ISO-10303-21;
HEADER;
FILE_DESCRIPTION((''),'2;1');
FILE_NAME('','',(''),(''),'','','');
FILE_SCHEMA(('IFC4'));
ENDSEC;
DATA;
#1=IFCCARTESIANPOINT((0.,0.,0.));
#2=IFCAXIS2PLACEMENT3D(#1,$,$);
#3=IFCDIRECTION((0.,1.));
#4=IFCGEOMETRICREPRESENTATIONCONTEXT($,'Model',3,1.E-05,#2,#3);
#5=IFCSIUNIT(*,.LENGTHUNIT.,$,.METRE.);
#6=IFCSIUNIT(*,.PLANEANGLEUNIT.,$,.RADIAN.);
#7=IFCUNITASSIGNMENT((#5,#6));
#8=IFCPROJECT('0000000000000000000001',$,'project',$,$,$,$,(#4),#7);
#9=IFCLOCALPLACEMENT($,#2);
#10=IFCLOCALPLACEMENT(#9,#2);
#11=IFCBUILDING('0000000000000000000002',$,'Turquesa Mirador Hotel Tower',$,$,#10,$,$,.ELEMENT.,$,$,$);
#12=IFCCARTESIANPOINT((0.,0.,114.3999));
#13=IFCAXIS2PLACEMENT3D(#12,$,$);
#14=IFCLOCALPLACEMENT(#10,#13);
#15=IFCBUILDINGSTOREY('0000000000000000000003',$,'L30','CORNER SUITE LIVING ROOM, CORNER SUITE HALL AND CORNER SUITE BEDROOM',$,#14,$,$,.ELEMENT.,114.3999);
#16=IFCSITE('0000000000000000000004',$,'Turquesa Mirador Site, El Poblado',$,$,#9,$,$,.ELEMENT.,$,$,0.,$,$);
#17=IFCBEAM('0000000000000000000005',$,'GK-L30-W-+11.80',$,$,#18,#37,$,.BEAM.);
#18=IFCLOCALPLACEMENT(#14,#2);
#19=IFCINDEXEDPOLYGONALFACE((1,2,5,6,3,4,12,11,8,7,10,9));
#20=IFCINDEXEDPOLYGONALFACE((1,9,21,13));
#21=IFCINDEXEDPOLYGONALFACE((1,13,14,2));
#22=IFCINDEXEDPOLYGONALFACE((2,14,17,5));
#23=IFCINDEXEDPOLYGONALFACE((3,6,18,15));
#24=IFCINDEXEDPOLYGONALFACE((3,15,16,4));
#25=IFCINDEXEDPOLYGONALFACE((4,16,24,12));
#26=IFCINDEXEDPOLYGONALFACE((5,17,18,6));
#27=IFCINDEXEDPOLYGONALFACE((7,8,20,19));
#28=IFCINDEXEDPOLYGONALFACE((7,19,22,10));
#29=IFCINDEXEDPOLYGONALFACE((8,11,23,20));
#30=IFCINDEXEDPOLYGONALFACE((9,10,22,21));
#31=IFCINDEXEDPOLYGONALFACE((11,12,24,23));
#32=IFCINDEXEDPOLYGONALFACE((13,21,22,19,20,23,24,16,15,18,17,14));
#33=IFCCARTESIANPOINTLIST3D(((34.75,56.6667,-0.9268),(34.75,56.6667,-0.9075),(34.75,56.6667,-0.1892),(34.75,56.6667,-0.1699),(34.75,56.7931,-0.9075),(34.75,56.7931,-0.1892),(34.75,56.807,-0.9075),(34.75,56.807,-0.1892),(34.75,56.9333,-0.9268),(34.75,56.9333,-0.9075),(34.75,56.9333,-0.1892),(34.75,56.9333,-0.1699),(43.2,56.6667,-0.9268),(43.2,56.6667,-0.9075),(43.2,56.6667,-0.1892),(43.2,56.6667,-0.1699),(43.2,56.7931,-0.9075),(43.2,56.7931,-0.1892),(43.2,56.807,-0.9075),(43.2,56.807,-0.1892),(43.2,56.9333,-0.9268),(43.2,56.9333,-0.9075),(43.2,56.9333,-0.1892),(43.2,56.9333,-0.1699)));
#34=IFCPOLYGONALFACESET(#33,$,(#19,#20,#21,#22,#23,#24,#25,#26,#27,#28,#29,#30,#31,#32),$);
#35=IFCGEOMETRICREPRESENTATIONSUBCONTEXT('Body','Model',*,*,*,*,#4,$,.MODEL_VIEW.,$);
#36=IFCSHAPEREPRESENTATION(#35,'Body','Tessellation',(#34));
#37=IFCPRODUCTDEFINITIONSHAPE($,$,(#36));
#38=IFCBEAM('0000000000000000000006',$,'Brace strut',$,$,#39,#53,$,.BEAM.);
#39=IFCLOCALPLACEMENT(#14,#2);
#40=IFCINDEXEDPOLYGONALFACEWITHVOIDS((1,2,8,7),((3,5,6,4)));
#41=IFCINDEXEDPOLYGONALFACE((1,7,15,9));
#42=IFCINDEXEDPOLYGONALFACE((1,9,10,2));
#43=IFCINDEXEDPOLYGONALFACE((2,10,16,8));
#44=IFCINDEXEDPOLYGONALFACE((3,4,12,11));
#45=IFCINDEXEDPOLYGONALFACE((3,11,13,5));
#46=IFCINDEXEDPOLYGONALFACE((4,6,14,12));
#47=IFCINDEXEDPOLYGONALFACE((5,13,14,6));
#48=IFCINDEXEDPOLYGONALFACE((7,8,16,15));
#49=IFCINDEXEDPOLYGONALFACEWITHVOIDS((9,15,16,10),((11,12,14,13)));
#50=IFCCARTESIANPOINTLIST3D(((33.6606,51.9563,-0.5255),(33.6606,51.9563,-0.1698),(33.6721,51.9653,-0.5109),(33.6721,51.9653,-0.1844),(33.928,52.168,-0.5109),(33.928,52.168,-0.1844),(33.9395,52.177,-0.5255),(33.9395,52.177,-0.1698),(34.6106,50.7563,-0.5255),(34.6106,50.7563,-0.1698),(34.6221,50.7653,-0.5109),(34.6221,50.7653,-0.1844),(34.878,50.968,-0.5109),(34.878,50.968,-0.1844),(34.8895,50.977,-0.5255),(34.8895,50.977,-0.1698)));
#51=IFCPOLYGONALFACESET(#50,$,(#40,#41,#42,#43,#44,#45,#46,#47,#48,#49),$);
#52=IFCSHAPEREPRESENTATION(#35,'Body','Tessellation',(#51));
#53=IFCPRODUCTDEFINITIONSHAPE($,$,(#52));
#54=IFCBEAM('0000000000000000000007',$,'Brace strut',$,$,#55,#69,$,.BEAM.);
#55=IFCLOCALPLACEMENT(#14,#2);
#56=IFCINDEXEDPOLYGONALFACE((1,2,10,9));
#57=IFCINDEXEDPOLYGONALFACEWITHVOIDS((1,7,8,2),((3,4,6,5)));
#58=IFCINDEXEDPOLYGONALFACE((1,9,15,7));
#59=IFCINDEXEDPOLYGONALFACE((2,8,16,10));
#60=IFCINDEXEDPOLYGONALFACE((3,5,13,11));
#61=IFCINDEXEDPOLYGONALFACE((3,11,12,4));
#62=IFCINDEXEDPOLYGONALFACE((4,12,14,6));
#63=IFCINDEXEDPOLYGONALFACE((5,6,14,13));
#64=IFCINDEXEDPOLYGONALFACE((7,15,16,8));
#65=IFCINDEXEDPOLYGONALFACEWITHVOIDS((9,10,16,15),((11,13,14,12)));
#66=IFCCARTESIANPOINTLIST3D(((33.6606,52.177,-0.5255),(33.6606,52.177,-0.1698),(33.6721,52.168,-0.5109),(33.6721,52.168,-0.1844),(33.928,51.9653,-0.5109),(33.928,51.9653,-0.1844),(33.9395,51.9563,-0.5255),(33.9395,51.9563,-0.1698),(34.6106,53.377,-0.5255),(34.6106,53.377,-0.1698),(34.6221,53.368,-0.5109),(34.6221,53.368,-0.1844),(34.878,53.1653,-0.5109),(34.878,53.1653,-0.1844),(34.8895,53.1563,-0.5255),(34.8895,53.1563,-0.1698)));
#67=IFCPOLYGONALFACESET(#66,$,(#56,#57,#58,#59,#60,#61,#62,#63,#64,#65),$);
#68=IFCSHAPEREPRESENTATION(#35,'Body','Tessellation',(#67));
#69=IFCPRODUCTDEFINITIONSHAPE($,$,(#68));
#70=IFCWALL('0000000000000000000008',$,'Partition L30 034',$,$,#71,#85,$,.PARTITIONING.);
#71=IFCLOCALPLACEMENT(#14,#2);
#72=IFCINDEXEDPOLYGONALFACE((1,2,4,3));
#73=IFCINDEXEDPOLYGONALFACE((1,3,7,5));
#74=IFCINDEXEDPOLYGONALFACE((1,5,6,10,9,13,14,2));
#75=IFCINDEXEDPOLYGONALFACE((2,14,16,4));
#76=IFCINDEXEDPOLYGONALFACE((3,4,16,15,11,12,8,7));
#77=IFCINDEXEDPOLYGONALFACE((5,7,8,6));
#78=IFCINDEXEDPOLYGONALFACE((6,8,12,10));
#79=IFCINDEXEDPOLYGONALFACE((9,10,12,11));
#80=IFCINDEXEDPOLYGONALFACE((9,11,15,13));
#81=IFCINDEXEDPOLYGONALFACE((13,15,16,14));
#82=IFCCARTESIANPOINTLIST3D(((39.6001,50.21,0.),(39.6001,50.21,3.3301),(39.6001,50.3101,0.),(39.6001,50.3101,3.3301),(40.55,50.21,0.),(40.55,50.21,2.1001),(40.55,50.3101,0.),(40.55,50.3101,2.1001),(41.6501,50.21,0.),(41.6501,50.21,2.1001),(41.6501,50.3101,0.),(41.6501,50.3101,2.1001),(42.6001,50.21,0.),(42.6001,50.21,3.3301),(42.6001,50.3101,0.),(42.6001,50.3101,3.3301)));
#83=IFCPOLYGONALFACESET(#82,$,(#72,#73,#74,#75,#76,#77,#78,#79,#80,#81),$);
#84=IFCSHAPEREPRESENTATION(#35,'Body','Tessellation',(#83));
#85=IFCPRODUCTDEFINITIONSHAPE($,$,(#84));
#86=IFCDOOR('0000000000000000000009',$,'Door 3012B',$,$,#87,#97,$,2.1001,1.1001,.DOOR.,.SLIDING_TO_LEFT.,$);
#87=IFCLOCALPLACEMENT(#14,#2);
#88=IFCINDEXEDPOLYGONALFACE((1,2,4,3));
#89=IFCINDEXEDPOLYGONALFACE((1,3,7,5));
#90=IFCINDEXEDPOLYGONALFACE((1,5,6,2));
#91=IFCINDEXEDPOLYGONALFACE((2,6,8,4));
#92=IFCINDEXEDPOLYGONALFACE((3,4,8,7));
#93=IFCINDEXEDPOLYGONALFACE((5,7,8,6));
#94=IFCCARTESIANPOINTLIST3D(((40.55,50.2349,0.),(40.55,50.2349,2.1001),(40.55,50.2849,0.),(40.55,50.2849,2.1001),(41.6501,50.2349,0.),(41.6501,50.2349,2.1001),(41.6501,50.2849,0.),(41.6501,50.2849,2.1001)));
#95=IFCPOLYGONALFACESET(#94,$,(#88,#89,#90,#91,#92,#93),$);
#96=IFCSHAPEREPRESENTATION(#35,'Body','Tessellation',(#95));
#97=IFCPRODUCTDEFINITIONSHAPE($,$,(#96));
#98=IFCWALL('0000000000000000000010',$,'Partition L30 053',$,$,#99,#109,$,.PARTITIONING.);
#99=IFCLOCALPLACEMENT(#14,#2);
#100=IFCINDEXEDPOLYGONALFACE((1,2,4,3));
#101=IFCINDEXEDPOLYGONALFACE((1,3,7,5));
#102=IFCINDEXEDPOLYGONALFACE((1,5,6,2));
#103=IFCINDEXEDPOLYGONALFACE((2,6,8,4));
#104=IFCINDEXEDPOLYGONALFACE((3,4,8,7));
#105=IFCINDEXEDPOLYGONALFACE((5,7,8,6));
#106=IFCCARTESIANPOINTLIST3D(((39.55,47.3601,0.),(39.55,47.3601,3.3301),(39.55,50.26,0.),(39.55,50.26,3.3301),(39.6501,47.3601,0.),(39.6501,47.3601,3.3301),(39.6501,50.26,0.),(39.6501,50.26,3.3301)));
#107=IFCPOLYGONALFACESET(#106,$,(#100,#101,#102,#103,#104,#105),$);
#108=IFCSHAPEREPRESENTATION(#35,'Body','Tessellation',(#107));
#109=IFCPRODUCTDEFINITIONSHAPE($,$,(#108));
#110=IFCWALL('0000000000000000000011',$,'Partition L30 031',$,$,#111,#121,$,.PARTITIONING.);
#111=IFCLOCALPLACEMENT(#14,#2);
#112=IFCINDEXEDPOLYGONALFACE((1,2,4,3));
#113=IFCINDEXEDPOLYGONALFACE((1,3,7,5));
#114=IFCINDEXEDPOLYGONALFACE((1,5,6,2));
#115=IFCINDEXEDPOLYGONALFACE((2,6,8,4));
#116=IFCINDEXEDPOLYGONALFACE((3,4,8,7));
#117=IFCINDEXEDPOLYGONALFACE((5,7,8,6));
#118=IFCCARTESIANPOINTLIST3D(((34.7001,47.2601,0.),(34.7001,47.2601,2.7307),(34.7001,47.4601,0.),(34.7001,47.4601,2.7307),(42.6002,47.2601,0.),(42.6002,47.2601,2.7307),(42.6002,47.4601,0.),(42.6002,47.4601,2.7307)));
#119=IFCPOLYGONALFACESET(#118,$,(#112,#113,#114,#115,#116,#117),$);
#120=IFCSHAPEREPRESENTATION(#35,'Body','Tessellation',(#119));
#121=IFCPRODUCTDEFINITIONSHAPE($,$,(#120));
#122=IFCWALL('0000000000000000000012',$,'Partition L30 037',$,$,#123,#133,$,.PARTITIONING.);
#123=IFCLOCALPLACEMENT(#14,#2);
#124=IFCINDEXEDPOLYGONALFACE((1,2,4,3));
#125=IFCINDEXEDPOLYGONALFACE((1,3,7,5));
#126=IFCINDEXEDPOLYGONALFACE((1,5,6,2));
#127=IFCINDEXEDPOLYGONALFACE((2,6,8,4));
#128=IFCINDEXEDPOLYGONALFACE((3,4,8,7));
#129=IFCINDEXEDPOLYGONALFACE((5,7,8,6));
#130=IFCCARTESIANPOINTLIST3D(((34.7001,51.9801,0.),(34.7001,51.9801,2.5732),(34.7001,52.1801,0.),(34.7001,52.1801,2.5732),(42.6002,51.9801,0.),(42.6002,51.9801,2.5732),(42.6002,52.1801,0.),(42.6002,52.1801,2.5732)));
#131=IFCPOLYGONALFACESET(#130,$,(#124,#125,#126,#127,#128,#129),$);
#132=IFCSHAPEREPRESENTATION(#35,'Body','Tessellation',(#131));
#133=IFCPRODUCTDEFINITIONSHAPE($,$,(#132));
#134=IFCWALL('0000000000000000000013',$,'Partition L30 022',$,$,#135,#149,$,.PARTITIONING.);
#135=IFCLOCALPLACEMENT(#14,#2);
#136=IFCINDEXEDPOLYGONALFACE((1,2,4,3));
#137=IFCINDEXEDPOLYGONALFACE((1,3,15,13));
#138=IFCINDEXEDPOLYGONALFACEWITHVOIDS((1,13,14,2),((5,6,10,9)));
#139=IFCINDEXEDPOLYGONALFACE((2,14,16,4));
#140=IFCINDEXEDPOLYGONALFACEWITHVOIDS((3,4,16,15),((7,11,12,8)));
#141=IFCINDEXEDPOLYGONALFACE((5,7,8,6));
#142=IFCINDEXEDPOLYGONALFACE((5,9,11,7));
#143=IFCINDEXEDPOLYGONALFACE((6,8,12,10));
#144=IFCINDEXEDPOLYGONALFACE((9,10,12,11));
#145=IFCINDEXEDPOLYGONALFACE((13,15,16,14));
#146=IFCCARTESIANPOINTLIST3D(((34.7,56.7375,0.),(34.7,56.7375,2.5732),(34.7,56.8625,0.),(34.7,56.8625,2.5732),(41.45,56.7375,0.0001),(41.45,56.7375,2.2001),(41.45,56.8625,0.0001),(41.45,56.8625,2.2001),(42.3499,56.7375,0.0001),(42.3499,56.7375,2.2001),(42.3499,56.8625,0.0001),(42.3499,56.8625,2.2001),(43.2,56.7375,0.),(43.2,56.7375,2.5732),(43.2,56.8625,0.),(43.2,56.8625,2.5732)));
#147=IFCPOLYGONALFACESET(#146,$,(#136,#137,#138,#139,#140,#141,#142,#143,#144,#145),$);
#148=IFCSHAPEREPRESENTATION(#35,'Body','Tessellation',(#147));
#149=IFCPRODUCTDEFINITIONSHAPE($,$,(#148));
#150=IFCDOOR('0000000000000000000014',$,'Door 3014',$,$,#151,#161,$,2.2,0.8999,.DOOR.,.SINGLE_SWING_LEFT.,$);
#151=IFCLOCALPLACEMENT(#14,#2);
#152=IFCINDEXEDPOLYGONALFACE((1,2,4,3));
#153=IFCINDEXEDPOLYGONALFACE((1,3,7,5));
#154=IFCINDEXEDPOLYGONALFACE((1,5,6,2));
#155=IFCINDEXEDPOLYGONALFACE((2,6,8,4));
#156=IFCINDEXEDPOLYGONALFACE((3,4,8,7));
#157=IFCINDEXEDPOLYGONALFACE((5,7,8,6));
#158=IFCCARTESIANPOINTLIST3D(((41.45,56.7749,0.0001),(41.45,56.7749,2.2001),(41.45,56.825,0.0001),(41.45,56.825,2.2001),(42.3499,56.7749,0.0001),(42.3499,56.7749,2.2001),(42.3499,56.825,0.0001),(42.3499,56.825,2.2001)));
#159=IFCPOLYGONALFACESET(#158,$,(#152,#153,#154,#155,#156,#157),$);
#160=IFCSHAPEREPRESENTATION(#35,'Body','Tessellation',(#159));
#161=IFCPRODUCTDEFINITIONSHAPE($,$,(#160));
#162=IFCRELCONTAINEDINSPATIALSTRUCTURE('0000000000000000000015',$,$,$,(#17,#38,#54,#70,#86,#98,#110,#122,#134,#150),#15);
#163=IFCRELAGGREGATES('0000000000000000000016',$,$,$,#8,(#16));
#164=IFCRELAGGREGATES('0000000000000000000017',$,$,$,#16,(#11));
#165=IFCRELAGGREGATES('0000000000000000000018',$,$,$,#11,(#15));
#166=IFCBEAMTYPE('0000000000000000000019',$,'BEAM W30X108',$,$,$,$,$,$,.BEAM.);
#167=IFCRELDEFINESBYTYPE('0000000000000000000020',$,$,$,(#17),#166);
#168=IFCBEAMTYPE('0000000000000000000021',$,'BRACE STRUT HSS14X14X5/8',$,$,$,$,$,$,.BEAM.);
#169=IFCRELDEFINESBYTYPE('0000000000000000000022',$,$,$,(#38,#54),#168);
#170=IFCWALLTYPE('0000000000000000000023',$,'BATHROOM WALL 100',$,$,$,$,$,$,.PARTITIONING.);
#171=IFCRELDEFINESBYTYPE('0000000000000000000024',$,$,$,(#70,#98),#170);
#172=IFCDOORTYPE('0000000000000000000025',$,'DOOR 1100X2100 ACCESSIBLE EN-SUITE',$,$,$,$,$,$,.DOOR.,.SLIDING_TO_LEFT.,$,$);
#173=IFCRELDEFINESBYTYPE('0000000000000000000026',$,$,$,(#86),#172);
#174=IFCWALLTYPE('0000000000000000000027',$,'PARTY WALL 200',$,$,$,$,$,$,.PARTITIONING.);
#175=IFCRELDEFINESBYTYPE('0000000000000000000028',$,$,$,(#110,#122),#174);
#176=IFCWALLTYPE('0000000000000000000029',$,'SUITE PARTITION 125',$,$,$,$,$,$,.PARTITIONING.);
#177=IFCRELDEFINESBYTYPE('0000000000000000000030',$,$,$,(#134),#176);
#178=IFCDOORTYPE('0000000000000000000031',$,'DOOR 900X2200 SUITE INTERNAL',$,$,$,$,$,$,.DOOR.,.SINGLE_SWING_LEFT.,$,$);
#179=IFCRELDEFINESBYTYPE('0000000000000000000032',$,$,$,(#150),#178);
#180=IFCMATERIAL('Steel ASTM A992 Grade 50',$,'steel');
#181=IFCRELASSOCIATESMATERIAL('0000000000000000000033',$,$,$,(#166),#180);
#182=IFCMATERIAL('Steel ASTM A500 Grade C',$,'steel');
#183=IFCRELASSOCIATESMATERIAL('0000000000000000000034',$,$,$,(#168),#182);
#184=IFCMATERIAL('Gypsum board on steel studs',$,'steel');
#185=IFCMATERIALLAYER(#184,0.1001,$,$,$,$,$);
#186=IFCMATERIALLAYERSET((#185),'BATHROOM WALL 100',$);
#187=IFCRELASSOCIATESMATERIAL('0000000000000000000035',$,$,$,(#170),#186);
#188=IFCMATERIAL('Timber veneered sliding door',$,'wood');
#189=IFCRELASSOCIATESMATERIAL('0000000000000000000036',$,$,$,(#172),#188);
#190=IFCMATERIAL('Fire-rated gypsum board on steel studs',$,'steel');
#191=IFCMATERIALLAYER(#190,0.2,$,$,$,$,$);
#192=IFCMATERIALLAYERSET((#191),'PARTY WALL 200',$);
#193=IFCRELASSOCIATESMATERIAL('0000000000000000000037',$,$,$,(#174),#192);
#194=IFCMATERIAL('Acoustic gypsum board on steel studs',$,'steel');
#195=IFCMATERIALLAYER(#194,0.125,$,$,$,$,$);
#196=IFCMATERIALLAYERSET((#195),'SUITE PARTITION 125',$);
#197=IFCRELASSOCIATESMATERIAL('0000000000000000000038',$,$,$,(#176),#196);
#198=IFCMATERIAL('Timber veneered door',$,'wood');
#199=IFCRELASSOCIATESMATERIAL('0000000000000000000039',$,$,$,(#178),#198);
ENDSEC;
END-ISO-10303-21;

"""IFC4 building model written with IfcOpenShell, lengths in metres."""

from ifc_helpers import new_model, si_unit, direction, frame, frame_2d, origin, origin_2d, place, context, subcontext, project, spatial, rectangle, hollow_rectangle, i_section, extrude, material, layer, layer_set, material_profile, profile_set, type_object, element, fill, save


model = new_model("IFC4")

# Units and contexts
model_context = context("Model", 3, precision=1e-05, world=origin(), true_north=direction((0.0, 1.0)))
body_context = subcontext(model_context, "Body", "Model", "MODEL_VIEW")
ifc_project = project(units=[si_unit("LENGTHUNIT", "METRE"), si_unit("PLANEANGLEUNIT", "RADIAN")], contexts=[model_context])

# Site, building, storey
site_placement = place(None, origin())
site = spatial("IfcSite", under=ifc_project, at=site_placement, Name="Turquesa Mirador Site, El Poblado", CompositionType="ELEMENT", RefElevation=0.0)
building_placement = place(site_placement, origin())
building = spatial("IfcBuilding", under=site, at=building_placement, Name="Turquesa Mirador Hotel Tower", CompositionType="ELEMENT")
storey_placement = place(building_placement, frame((0.0, 0.0, 114.3999)))
storey = spatial("IfcBuildingStorey", under=building, at=storey_placement, Name="L30", Description="CORNER SUITE LIVING ROOM, CORNER SUITE HALL AND CORNER SUITE BEDROOM", CompositionType="ELEMENT", Elevation=114.3999)

# Beams
ifc_material_1 = material(Name="Steel ASTM A992 Grade 50", Category="steel")
ifc_material_profile_1 = material_profile(ifc_material_1, i_section(OverallWidth=0.2666, OverallDepth=0.7568, WebThickness=0.0139, FlangeThickness=0.0193, at=origin_2d()), Name="W30X108")
ifc_profile_set_1 = profile_set([ifc_material_profile_1], Name="Steel ASTM A992 Grade 50")
beam_type_1 = type_object("IfcBeamType", Name="BEAM W30X108", PredefinedType="BEAM", material=ifc_profile_set_1)
beam_1_placement = place(storey_placement, frame((34.75, 56.8, -0.5483), z_axis=(1.0, 0.0, 0.0), x_axis=(0.0, 1.0, 0.0)))
element("IfcBeam", 1, at=beam_1_placement, inside=storey, type_object=beam_type_1, Name="GK-L30-W-+11.80", PredefinedType="BEAM", context=body_context, shape_type="SweptSolid", body=[
    extrude(i_section(OverallWidth=0.2666, OverallDepth=0.7568, WebThickness=0.0139, FlangeThickness=0.0193, at=origin_2d()), origin(), (0.0, 0.0, 1.0), 8.45),
])
ifc_material_2 = material(Name="Steel ASTM A500 Grade C", Category="steel")
ifc_material_profile_2 = material_profile(ifc_material_2, hollow_rectangle(XDim=0.3557, YDim=0.3557, WallThickness=0.0146, at=origin_2d()), Name="HSS14X14X5/8")
ifc_profile_set_2 = profile_set([ifc_material_profile_2], Name="Steel ASTM A500 Grade C")
beam_type_2 = type_object("IfcBeamType", Name="BRACE STRUT HSS14X14X5/8", PredefinedType="BEAM", material=ifc_profile_set_2)
for number, where, z_axis, x_axis, name in (
    (2, (33.8, 52.0667, -0.3477), (0.620699, -0.784049, 0.0), (0.784049, 0.620699, 0.0), "Brace strut"),
    (3, (33.8, 52.0667, -0.3477), (0.620699, 0.784049, 0.0), (-0.784049, 0.620699, 0.0), "Brace strut"),
):
    element("IfcBeam", number, at=place(storey_placement, frame(where, z_axis=z_axis, x_axis=x_axis)), inside=storey, type_object=beam_type_2, Name=name, PredefinedType="BEAM", context=body_context, shape_type="SweptSolid", body=[
        extrude(hollow_rectangle(XDim=0.3557, YDim=0.3557, WallThickness=0.0146, at=origin_2d()), origin(), (0.0, 0.0, 1.0), 1.5305),
    ])

# Wall, opening, door
ifc_material_3 = material(Name="Gypsum board on steel studs", Category="steel")
ifc_layer_1 = layer(ifc_material_3, 0.1001)
ifc_layer_set_1 = layer_set([ifc_layer_1], Name="BATHROOM WALL 100")
wall_type_1 = type_object("IfcWallType", Name="BATHROOM WALL 100", PredefinedType="PARTITIONING", material=ifc_layer_set_1)
wall_1_placement = place(storey_placement, frame((39.6001, 50.26, 0.0), z_axis=(0.0, 0.0, 1.0), x_axis=(1.0, 0.0, 0.0)))
wall_1 = element("IfcWall", 4, at=wall_1_placement, inside=storey, type_object=wall_type_1, Name="Partition L30 034", PredefinedType="PARTITIONING", context=body_context, shape_type="SweptSolid", body=[
    extrude(rectangle(XDim=3.0, YDim=0.1001, at=frame_2d((1.5, 0.0))), origin(), (0.0, 0.0, 1.0), 3.3301),
])
opening_1_placement = place(wall_1_placement, frame((0.95, 0.0, 0.0)))
opening_1 = element("IfcOpeningElement", 5, at=opening_1_placement, cuts=wall_1, PredefinedType="OPENING", context=body_context, shape_type="SweptSolid", body=[
    extrude(rectangle(XDim=1.1001, YDim=2.1001, at=frame_2d((0.55, 1.05))), frame((0.0, 0.0601, 0.0), z_axis=(0.0, -1.0, 0.0), x_axis=(1.0, 0.0, 0.0)), (0.0, 0.0, 1.0), 0.1201),
])
ifc_material_4 = material(Name="Timber veneered sliding door", Category="wood")
door_type_1 = type_object("IfcDoorType", Name="DOOR 1100X2100 ACCESSIBLE EN-SUITE", OperationType="SLIDING_TO_LEFT", PredefinedType="DOOR", material=ifc_material_4)
door_1_placement = place(opening_1_placement, origin())
door_1 = element("IfcDoor", 6, at=door_1_placement, inside=storey, type_object=door_type_1, Name="Door 3012B", OperationType="SLIDING_TO_LEFT", OverallHeight=2.1001, OverallWidth=1.1001, PredefinedType="DOOR", context=body_context, shape_type="SweptSolid", body=[
    extrude(rectangle(XDim=1.1001, YDim=2.1001, at=frame_2d((0.55, 1.05))), frame((0.0, 0.0249, 0.0), z_axis=(0.0, -1.0, 0.0), x_axis=(1.0, 0.0, 0.0)), (0.0, 0.0, 1.0), 0.05),
])
fill(opening_1, door_1)

# Walls
wall_2_placement = place(storey_placement, frame((39.6001, 47.3601, 0.0), z_axis=(0.0, 0.0, 1.0), x_axis=(0.0, 1.0, 0.0)))
element("IfcWall", 7, at=wall_2_placement, inside=storey, type_object=wall_type_1, Name="Partition L30 053", PredefinedType="PARTITIONING", context=body_context, shape_type="SweptSolid", body=[
    extrude(rectangle(XDim=2.8999, YDim=0.1001, at=frame_2d((1.45, 0.0))), origin(), (0.0, 0.0, 1.0), 3.3301),
])
ifc_material_5 = material(Name="Fire-rated gypsum board on steel studs", Category="steel")
ifc_layer_2 = layer(ifc_material_5, 0.2)
ifc_layer_set_2 = layer_set([ifc_layer_2], Name="PARTY WALL 200")
wall_type_2 = type_object("IfcWallType", Name="PARTY WALL 200", PredefinedType="PARTITIONING", material=ifc_layer_set_2)
wall_3_placement = place(storey_placement, frame((34.7, 47.3601, 0.0), z_axis=(0.0, 0.0, 1.0), x_axis=(1.0, 0.0, 0.0)))
element("IfcWall", 8, at=wall_3_placement, inside=storey, type_object=wall_type_2, Name="Partition L30 031", PredefinedType="PARTITIONING", context=body_context, shape_type="SweptSolid", body=[
    extrude(rectangle(XDim=7.9001, YDim=0.2, at=frame_2d((3.9502, 0.0))), origin(), (0.0, 0.0, 1.0), 2.7307),
])
wall_4_placement = place(storey_placement, frame((34.7, 52.0801, 0.0), z_axis=(0.0, 0.0, 1.0), x_axis=(1.0, 0.0, 0.0)))
element("IfcWall", 9, at=wall_4_placement, inside=storey, type_object=wall_type_2, Name="Partition L30 037", PredefinedType="PARTITIONING", context=body_context, shape_type="SweptSolid", body=[
    extrude(rectangle(XDim=7.9001, YDim=0.2, at=frame_2d((3.9502, 0.0))), origin(), (0.0, 0.0, 1.0), 2.5732),
])

# Wall, opening, door
ifc_material_6 = material(Name="Acoustic gypsum board on steel studs", Category="steel")
ifc_layer_3 = layer(ifc_material_6, 0.125)
ifc_layer_set_3 = layer_set([ifc_layer_3], Name="SUITE PARTITION 125")
wall_type_3 = type_object("IfcWallType", Name="SUITE PARTITION 125", PredefinedType="PARTITIONING", material=ifc_layer_set_3)
wall_5_placement = place(storey_placement, frame((34.7, 56.8, 0.0), z_axis=(0.0, 0.0, 1.0), x_axis=(1.0, 0.0, 0.0)))
wall_5 = element("IfcWall", 10, at=wall_5_placement, inside=storey, type_object=wall_type_3, Name="Partition L30 022", PredefinedType="PARTITIONING", context=body_context, shape_type="SweptSolid", body=[
    extrude(rectangle(XDim=8.5, YDim=0.125, at=frame_2d((4.25, 0.0))), origin(), (0.0, 0.0, 1.0), 2.5732),
])
opening_2_placement = place(wall_5_placement, frame((6.75, 0.0, 0.0)))
opening_2 = element("IfcOpeningElement", 11, at=opening_2_placement, cuts=wall_5, PredefinedType="OPENING", context=body_context, shape_type="SweptSolid", body=[
    extrude(rectangle(XDim=0.8999, YDim=2.2, at=frame_2d((0.45, 1.1001))), frame((0.0, 0.0725, 0.0), z_axis=(0.0, -1.0, 0.0), x_axis=(1.0, 0.0, 0.0)), (0.0, 0.0, 1.0), 0.145),
])
ifc_material_7 = material(Name="Timber veneered door", Category="wood")
door_type_2 = type_object("IfcDoorType", Name="DOOR 900X2200 SUITE INTERNAL", OperationType="SINGLE_SWING_LEFT", PredefinedType="DOOR", material=ifc_material_7)
door_2_placement = place(opening_2_placement, origin())
door_2 = element("IfcDoor", 12, at=door_2_placement, inside=storey, type_object=door_type_2, Name="Door 3014", OperationType="SINGLE_SWING_LEFT", OverallHeight=2.2, OverallWidth=0.8999, PredefinedType="DOOR", context=body_context, shape_type="SweptSolid", body=[
    extrude(rectangle(XDim=0.8999, YDim=2.2, at=frame_2d((0.45, 1.1001))), frame((0.0, 0.0249, 0.0), z_axis=(0.0, -1.0, 0.0), x_axis=(1.0, 0.0, 0.0)), (0.0, 0.0, 1.0), 0.05),
])
fill(opening_2, door_2)

save(model, "model.ifc")
